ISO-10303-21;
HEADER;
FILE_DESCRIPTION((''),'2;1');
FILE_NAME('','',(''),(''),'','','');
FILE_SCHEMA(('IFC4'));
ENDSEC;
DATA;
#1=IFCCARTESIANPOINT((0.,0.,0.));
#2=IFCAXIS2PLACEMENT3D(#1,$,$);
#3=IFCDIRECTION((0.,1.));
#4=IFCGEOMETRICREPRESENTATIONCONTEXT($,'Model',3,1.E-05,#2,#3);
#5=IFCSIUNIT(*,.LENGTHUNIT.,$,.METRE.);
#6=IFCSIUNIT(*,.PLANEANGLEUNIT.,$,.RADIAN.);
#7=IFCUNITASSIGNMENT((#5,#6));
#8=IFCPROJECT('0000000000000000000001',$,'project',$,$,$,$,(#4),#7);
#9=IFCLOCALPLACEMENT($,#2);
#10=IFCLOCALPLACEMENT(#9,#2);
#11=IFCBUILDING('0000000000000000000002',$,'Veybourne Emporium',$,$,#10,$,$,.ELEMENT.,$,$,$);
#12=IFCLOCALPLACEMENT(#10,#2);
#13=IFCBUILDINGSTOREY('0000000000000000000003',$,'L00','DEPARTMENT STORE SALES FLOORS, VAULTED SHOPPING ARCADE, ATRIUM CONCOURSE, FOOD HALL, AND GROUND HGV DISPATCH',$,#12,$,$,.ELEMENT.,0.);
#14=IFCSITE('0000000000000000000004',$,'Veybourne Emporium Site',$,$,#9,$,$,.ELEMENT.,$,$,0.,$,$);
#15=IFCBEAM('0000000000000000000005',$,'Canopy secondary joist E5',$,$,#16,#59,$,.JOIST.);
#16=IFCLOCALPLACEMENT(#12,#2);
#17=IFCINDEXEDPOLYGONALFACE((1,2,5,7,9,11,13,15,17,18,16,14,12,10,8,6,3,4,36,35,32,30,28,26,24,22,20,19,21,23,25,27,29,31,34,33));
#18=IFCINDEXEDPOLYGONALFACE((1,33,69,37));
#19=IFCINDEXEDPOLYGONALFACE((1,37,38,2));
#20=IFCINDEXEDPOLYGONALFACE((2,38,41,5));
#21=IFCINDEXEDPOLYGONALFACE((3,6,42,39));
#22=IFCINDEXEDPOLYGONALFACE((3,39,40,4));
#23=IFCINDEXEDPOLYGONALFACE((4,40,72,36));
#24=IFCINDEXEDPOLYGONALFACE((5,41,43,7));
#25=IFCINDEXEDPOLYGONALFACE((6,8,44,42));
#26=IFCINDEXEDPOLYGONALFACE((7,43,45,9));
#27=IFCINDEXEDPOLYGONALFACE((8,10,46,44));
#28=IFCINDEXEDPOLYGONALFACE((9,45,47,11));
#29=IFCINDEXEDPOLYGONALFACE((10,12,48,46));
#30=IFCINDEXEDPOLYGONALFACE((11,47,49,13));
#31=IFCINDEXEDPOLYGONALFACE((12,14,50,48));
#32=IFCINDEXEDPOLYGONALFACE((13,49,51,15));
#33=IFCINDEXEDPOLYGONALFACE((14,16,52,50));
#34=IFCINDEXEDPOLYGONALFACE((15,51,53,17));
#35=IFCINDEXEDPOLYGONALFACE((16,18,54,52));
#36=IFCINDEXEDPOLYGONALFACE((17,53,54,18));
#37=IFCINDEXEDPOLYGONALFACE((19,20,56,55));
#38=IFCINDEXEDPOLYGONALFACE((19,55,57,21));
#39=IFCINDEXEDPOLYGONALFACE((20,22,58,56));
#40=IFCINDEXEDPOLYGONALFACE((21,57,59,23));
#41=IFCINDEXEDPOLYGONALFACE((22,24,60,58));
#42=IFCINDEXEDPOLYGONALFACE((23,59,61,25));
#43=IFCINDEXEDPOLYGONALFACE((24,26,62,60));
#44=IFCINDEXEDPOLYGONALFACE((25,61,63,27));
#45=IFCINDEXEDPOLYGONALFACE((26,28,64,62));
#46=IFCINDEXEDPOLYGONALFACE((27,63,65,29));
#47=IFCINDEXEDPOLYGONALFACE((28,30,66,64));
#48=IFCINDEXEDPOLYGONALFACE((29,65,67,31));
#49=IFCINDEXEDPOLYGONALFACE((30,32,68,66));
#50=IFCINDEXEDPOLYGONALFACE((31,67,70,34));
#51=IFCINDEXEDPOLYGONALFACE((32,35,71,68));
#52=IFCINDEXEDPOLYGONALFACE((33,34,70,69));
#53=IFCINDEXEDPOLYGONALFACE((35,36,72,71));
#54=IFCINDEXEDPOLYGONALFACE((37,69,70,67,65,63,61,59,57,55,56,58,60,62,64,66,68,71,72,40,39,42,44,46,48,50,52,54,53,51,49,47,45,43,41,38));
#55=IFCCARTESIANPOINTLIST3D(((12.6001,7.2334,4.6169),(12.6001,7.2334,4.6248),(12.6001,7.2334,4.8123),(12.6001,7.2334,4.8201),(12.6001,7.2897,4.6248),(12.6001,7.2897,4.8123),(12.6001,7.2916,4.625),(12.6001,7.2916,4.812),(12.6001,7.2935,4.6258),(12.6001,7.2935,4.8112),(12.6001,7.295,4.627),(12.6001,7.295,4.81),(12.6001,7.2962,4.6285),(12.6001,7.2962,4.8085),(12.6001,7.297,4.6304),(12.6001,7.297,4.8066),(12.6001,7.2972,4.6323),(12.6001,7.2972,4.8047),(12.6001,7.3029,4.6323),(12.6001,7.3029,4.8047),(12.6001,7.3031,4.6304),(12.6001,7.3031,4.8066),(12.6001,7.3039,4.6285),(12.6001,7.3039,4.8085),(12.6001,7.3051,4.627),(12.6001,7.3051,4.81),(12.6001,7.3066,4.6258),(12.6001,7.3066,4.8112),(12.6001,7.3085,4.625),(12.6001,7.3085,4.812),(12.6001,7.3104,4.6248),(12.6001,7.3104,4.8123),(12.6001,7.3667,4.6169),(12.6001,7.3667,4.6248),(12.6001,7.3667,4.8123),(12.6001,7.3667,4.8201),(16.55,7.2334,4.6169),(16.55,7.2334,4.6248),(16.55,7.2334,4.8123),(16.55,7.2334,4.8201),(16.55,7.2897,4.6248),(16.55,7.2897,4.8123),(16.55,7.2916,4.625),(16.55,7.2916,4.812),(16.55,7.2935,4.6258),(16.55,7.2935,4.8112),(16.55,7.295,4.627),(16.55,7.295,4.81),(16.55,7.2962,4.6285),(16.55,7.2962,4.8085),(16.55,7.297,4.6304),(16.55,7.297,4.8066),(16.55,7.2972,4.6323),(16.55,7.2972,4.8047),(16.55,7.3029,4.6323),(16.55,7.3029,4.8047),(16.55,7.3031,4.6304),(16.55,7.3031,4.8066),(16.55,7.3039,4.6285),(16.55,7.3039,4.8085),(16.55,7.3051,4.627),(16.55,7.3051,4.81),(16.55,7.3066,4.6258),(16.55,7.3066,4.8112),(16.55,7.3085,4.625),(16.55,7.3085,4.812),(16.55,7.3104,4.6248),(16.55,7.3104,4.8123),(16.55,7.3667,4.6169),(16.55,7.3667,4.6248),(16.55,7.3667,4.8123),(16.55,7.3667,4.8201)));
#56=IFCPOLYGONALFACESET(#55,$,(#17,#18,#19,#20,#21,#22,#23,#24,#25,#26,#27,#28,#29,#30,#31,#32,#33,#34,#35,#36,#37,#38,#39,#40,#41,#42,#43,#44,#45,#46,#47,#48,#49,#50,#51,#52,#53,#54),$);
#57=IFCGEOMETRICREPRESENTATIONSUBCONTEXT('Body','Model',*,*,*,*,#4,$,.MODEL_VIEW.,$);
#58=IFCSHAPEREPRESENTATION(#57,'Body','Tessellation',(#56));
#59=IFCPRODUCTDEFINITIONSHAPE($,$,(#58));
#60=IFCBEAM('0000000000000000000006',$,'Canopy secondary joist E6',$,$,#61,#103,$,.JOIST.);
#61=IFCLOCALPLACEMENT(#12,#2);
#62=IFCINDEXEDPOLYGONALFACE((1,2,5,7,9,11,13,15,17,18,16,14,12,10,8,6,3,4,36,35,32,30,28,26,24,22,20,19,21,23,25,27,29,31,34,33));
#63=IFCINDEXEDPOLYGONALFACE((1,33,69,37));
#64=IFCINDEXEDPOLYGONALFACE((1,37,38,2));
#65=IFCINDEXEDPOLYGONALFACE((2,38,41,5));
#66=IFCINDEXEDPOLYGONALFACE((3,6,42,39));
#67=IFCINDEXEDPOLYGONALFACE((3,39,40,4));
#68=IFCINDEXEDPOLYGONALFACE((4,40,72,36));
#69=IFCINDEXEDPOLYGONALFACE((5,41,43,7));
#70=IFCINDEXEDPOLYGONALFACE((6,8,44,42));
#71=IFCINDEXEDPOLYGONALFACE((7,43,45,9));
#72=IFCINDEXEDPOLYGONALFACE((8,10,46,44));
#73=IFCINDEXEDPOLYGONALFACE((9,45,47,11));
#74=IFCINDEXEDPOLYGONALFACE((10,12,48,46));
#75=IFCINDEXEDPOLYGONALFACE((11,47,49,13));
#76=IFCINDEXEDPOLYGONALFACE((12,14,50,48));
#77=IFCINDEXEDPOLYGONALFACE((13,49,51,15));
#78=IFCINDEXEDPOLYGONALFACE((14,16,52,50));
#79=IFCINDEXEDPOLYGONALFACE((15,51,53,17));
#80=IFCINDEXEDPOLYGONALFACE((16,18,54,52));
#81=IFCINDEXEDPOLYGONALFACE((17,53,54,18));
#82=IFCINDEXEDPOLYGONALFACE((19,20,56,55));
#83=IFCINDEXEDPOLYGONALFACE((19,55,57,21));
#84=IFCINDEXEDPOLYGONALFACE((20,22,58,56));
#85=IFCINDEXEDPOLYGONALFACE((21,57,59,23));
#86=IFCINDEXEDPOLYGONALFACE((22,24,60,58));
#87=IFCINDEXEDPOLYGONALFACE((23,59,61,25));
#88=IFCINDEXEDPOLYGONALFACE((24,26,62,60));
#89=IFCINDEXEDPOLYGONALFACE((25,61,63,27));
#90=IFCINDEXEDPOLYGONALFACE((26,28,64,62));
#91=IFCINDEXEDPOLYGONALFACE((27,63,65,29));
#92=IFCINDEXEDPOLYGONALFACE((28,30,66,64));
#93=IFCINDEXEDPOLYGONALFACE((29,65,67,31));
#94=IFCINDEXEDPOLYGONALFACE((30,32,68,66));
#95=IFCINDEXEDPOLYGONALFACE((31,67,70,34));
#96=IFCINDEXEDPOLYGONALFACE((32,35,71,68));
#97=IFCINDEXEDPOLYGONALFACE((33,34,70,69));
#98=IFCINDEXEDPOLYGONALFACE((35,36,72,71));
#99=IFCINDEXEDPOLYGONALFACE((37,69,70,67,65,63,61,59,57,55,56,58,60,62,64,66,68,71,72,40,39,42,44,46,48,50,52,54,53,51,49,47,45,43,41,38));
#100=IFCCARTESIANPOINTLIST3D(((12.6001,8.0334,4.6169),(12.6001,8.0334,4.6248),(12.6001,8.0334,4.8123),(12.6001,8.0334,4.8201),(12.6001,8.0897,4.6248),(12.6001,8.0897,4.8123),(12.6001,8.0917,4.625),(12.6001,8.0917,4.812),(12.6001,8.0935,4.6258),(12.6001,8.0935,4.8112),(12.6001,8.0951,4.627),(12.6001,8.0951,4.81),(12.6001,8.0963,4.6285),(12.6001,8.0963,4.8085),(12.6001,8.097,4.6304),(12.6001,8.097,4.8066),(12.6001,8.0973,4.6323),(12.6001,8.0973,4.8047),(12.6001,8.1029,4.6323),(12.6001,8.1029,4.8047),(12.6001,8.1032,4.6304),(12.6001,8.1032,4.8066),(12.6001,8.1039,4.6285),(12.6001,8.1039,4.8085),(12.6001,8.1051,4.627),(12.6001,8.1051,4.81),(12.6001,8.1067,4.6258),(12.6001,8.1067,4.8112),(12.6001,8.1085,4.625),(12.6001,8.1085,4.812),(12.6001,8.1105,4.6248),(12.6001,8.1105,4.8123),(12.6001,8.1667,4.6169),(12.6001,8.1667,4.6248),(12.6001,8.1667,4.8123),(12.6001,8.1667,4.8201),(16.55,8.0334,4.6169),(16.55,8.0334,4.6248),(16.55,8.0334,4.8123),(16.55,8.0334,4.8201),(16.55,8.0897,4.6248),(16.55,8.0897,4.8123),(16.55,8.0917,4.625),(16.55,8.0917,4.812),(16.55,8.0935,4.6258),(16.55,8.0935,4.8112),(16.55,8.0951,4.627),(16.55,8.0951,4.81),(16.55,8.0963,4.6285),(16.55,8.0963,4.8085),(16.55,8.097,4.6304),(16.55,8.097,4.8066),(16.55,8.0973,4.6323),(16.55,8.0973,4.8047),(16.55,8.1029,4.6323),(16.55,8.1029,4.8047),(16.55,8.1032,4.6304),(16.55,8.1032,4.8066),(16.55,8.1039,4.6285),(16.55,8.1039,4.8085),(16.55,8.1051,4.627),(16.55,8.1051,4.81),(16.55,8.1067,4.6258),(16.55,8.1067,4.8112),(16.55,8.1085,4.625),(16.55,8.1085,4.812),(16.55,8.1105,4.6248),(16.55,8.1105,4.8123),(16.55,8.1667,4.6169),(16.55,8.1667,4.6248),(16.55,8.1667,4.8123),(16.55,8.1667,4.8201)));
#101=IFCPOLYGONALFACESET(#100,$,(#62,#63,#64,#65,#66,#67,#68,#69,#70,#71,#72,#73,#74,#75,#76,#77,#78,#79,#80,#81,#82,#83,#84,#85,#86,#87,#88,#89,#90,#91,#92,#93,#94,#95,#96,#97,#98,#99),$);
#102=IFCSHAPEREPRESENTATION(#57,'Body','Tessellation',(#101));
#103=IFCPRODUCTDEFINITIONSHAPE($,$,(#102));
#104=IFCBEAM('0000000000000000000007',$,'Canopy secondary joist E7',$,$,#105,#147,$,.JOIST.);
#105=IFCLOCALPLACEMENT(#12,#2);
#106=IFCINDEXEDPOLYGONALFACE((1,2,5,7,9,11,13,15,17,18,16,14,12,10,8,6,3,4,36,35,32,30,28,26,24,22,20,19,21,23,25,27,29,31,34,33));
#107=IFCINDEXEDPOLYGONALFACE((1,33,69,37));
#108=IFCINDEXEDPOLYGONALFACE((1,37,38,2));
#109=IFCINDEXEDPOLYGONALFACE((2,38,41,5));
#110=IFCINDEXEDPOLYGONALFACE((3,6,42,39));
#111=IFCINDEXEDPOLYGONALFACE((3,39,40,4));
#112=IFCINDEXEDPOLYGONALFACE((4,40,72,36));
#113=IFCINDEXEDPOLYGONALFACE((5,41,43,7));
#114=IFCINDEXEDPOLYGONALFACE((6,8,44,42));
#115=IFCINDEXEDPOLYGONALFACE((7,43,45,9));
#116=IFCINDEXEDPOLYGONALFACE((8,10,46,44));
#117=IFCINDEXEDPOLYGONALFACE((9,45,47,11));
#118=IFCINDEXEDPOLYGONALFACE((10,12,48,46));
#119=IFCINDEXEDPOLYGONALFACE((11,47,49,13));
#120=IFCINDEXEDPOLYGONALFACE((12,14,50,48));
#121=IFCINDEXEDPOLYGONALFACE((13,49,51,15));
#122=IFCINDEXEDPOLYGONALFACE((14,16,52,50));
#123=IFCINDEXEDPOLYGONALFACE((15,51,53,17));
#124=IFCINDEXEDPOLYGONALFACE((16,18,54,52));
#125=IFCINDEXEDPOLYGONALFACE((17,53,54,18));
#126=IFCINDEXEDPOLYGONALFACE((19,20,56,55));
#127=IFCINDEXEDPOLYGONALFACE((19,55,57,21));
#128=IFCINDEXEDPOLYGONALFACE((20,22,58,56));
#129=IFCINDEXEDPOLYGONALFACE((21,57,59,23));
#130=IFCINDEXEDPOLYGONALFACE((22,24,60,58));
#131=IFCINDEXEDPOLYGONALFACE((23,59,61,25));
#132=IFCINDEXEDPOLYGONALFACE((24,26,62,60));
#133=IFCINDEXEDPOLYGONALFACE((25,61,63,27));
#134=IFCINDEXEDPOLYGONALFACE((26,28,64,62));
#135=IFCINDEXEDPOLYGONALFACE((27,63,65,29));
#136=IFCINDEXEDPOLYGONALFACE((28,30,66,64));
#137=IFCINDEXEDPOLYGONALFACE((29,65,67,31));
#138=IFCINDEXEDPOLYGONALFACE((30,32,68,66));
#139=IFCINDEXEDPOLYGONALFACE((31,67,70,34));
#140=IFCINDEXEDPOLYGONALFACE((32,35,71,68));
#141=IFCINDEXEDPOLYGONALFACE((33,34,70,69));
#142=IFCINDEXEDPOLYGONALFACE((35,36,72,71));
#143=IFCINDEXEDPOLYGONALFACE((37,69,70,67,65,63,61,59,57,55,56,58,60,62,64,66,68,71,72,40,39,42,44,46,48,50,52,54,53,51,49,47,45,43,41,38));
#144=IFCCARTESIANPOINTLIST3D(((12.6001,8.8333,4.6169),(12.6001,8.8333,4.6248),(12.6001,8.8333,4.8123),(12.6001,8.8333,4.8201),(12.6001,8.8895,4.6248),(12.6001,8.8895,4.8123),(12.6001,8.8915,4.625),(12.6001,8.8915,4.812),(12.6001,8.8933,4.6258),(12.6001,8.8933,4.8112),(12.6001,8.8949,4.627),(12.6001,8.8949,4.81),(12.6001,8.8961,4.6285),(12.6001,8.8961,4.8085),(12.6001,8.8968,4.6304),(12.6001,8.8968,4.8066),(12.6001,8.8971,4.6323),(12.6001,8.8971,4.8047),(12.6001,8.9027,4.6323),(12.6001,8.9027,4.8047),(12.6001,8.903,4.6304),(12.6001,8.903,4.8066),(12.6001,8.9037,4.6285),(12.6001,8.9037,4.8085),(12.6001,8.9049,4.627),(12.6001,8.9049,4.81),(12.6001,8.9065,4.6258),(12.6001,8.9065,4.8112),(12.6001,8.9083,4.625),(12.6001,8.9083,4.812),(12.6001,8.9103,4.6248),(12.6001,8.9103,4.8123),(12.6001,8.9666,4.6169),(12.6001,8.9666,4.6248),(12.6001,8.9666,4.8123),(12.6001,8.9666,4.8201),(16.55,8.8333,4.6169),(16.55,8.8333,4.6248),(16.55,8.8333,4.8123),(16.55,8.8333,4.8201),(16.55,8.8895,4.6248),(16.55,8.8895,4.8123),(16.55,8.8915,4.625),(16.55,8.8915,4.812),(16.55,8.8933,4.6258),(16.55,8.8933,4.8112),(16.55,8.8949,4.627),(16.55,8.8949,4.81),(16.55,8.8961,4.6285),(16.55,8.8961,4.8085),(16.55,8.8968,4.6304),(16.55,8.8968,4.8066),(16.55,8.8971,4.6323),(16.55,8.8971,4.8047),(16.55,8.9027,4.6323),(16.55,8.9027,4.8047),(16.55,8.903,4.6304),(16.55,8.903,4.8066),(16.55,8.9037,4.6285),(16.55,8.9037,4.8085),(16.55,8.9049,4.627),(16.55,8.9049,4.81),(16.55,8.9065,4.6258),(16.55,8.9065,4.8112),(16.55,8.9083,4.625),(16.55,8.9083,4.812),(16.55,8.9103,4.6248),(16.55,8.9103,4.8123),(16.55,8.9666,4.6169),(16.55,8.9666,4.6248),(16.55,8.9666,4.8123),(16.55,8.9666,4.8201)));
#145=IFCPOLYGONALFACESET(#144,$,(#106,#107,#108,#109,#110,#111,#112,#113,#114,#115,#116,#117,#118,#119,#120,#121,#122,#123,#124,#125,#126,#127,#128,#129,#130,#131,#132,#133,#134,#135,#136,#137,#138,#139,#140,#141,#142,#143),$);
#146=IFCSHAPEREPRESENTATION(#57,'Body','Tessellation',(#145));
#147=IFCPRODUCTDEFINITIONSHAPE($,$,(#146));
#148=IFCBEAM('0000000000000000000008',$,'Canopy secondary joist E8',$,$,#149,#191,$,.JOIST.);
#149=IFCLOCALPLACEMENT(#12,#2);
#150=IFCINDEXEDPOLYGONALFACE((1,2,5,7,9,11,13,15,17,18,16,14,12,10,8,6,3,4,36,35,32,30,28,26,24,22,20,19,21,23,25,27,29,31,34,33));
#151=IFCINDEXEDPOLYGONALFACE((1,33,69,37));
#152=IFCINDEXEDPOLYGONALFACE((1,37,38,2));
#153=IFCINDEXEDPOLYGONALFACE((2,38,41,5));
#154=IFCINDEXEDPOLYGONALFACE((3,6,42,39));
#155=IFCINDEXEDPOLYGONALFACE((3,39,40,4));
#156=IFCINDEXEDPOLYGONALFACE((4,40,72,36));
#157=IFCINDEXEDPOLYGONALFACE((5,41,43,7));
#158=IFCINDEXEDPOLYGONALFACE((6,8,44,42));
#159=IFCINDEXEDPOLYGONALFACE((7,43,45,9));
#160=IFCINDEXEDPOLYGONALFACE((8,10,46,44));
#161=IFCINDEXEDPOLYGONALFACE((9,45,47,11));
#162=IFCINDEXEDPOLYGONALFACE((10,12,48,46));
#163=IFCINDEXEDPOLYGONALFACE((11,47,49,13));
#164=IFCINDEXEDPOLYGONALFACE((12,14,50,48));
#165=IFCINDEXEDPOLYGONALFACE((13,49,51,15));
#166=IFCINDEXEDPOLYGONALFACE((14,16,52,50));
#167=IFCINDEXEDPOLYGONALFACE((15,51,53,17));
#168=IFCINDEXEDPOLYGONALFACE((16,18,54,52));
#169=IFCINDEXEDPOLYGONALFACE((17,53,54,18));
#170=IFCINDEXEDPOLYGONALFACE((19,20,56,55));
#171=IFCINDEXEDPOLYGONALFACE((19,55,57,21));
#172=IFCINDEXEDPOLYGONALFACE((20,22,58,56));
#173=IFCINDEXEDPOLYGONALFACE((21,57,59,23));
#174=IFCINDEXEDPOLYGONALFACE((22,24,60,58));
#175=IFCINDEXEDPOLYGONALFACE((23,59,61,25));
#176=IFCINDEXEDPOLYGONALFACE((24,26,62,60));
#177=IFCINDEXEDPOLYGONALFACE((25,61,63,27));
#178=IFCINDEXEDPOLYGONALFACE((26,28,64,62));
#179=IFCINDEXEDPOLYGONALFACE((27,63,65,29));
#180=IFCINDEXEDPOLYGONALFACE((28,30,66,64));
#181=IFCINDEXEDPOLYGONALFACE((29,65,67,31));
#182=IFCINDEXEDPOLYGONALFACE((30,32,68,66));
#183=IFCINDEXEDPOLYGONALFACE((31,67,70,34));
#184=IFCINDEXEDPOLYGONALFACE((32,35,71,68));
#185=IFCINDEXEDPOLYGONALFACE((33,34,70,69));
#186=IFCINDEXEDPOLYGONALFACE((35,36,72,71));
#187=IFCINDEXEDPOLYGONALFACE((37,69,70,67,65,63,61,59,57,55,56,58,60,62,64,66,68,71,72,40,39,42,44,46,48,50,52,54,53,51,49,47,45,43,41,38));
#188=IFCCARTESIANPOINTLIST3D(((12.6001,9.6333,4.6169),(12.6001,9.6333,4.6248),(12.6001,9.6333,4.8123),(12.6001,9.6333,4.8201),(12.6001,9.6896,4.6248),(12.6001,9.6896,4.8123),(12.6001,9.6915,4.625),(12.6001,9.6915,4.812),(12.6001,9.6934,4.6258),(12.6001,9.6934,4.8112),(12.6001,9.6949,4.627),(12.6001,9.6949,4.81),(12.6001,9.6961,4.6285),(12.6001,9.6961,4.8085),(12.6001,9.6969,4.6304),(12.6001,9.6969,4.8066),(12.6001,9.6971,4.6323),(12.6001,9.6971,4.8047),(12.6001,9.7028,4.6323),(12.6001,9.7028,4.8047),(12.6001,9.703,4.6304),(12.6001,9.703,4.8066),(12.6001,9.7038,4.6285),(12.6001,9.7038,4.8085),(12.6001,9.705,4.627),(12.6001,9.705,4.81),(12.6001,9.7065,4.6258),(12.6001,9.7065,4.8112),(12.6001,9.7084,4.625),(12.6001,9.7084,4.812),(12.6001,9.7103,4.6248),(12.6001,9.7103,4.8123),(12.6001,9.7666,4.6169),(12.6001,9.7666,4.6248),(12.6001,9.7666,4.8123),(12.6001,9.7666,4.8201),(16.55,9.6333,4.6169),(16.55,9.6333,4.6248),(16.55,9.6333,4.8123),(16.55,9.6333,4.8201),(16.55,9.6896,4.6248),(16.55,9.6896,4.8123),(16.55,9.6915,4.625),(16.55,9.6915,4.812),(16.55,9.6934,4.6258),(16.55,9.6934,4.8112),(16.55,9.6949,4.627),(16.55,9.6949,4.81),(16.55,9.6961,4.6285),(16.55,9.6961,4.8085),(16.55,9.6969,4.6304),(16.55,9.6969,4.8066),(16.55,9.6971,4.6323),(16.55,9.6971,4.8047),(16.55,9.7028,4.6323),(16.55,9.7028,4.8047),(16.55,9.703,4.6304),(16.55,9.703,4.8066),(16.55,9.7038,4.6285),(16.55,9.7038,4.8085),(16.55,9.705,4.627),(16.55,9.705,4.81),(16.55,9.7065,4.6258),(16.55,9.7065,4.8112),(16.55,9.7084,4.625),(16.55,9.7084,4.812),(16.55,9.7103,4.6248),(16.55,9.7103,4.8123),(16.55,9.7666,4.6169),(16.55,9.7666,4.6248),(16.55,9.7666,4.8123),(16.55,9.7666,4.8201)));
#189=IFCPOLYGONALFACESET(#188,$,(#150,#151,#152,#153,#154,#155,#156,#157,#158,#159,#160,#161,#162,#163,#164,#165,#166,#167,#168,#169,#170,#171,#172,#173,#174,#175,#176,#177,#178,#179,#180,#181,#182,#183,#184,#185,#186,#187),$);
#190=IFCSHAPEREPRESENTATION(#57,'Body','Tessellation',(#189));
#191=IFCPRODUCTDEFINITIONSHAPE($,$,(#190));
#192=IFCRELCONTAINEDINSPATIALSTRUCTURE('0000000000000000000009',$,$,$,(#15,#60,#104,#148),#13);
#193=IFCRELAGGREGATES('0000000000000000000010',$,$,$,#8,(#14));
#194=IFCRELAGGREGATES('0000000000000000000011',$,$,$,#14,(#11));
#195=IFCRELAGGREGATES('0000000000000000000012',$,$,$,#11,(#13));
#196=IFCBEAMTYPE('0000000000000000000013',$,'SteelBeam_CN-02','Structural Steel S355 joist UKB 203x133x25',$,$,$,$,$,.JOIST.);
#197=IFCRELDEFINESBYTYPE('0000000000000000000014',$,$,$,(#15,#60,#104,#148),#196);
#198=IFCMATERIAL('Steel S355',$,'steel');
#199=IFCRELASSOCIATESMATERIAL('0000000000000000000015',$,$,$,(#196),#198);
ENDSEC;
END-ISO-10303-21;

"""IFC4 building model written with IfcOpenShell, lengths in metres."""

from ifc_helpers import new_model, si_unit, direction, frame, origin, origin_2d, place, context, subcontext, project, spatial, i_section, extrude, material, material_profile, profile_set, type_object, element, save


model = new_model("IFC4")

# Units and contexts
model_context = context("Model", 3, precision=1e-05, world=origin(), true_north=direction((0.0, 1.0)))
body_context = subcontext(model_context, "Body", "Model", "MODEL_VIEW")
ifc_project = project(units=[si_unit("LENGTHUNIT", "METRE"), si_unit("PLANEANGLEUNIT", "RADIAN")], contexts=[model_context])

# Site, building, storey
site_placement = place(None, origin())
site = spatial("IfcSite", under=ifc_project, at=site_placement, Name="Veybourne Emporium Site", CompositionType="ELEMENT", RefElevation=0.0)
building_placement = place(site_placement, origin())
building = spatial("IfcBuilding", under=site, at=building_placement, Name="Veybourne Emporium", CompositionType="ELEMENT")
storey_placement = place(building_placement, origin())
storey = spatial("IfcBuildingStorey", under=building, at=storey_placement, Name="L00", Description="DEPARTMENT STORE SALES FLOORS, VAULTED SHOPPING ARCADE, ATRIUM CONCOURSE, FOOD HALL, AND GROUND HGV DISPATCH", CompositionType="ELEMENT", Elevation=0.0)

# Shared definitions
ifc_material_1 = material(Name="Steel S355", Category="steel")

# Beams
ifc_material_profile_1 = material_profile(ifc_material_1, i_section(OverallWidth=0.1333, OverallDepth=0.2031, WebThickness=0.0056, FlangeThickness=0.0078, FilletRadius=0.0076, at=origin_2d()), Name="UKB 203x133x25")
ifc_profile_set_1 = profile_set([ifc_material_profile_1], Name="Steel S355")
beam_type_1 = type_object("IfcBeamType", Name="SteelBeam_CN-02", Description="Structural Steel S355 joist UKB 203x133x25", PredefinedType="JOIST", material=ifc_profile_set_1)
for number, where, z_axis, x_axis, name in (
    (1, (12.6001, 7.3, 4.7185), (1.0, 0.0, 0.0), (0.0, 1.0, 0.0), "Canopy secondary joist E5"),
    (2, (12.6001, 8.1001, 4.7185), (1.0, 0.0, 0.0), (0.0, 1.0, 0.0), "Canopy secondary joist E6"),
    (3, (12.6001, 8.8999, 4.7185), (1.0, 0.0, 0.0), (0.0, 1.0, 0.0), "Canopy secondary joist E7"),
    (4, (12.6001, 9.7, 4.7185), (1.0, 0.0, 0.0), (0.0, 1.0, 0.0), "Canopy secondary joist E8"),
):
    element("IfcBeam", number, at=place(storey_placement, frame(where, z_axis=z_axis, x_axis=x_axis)), inside=storey, type_object=beam_type_1, Name=name, PredefinedType="JOIST", context=body_context, shape_type="SweptSolid", body=[
        extrude(i_section(OverallWidth=0.1333, OverallDepth=0.2031, WebThickness=0.0056, FlangeThickness=0.0078, FilletRadius=0.0076, at=origin_2d()), origin(), (0.0, 0.0, 1.0), 3.95),
    ])

save(model, "model.ifc")
